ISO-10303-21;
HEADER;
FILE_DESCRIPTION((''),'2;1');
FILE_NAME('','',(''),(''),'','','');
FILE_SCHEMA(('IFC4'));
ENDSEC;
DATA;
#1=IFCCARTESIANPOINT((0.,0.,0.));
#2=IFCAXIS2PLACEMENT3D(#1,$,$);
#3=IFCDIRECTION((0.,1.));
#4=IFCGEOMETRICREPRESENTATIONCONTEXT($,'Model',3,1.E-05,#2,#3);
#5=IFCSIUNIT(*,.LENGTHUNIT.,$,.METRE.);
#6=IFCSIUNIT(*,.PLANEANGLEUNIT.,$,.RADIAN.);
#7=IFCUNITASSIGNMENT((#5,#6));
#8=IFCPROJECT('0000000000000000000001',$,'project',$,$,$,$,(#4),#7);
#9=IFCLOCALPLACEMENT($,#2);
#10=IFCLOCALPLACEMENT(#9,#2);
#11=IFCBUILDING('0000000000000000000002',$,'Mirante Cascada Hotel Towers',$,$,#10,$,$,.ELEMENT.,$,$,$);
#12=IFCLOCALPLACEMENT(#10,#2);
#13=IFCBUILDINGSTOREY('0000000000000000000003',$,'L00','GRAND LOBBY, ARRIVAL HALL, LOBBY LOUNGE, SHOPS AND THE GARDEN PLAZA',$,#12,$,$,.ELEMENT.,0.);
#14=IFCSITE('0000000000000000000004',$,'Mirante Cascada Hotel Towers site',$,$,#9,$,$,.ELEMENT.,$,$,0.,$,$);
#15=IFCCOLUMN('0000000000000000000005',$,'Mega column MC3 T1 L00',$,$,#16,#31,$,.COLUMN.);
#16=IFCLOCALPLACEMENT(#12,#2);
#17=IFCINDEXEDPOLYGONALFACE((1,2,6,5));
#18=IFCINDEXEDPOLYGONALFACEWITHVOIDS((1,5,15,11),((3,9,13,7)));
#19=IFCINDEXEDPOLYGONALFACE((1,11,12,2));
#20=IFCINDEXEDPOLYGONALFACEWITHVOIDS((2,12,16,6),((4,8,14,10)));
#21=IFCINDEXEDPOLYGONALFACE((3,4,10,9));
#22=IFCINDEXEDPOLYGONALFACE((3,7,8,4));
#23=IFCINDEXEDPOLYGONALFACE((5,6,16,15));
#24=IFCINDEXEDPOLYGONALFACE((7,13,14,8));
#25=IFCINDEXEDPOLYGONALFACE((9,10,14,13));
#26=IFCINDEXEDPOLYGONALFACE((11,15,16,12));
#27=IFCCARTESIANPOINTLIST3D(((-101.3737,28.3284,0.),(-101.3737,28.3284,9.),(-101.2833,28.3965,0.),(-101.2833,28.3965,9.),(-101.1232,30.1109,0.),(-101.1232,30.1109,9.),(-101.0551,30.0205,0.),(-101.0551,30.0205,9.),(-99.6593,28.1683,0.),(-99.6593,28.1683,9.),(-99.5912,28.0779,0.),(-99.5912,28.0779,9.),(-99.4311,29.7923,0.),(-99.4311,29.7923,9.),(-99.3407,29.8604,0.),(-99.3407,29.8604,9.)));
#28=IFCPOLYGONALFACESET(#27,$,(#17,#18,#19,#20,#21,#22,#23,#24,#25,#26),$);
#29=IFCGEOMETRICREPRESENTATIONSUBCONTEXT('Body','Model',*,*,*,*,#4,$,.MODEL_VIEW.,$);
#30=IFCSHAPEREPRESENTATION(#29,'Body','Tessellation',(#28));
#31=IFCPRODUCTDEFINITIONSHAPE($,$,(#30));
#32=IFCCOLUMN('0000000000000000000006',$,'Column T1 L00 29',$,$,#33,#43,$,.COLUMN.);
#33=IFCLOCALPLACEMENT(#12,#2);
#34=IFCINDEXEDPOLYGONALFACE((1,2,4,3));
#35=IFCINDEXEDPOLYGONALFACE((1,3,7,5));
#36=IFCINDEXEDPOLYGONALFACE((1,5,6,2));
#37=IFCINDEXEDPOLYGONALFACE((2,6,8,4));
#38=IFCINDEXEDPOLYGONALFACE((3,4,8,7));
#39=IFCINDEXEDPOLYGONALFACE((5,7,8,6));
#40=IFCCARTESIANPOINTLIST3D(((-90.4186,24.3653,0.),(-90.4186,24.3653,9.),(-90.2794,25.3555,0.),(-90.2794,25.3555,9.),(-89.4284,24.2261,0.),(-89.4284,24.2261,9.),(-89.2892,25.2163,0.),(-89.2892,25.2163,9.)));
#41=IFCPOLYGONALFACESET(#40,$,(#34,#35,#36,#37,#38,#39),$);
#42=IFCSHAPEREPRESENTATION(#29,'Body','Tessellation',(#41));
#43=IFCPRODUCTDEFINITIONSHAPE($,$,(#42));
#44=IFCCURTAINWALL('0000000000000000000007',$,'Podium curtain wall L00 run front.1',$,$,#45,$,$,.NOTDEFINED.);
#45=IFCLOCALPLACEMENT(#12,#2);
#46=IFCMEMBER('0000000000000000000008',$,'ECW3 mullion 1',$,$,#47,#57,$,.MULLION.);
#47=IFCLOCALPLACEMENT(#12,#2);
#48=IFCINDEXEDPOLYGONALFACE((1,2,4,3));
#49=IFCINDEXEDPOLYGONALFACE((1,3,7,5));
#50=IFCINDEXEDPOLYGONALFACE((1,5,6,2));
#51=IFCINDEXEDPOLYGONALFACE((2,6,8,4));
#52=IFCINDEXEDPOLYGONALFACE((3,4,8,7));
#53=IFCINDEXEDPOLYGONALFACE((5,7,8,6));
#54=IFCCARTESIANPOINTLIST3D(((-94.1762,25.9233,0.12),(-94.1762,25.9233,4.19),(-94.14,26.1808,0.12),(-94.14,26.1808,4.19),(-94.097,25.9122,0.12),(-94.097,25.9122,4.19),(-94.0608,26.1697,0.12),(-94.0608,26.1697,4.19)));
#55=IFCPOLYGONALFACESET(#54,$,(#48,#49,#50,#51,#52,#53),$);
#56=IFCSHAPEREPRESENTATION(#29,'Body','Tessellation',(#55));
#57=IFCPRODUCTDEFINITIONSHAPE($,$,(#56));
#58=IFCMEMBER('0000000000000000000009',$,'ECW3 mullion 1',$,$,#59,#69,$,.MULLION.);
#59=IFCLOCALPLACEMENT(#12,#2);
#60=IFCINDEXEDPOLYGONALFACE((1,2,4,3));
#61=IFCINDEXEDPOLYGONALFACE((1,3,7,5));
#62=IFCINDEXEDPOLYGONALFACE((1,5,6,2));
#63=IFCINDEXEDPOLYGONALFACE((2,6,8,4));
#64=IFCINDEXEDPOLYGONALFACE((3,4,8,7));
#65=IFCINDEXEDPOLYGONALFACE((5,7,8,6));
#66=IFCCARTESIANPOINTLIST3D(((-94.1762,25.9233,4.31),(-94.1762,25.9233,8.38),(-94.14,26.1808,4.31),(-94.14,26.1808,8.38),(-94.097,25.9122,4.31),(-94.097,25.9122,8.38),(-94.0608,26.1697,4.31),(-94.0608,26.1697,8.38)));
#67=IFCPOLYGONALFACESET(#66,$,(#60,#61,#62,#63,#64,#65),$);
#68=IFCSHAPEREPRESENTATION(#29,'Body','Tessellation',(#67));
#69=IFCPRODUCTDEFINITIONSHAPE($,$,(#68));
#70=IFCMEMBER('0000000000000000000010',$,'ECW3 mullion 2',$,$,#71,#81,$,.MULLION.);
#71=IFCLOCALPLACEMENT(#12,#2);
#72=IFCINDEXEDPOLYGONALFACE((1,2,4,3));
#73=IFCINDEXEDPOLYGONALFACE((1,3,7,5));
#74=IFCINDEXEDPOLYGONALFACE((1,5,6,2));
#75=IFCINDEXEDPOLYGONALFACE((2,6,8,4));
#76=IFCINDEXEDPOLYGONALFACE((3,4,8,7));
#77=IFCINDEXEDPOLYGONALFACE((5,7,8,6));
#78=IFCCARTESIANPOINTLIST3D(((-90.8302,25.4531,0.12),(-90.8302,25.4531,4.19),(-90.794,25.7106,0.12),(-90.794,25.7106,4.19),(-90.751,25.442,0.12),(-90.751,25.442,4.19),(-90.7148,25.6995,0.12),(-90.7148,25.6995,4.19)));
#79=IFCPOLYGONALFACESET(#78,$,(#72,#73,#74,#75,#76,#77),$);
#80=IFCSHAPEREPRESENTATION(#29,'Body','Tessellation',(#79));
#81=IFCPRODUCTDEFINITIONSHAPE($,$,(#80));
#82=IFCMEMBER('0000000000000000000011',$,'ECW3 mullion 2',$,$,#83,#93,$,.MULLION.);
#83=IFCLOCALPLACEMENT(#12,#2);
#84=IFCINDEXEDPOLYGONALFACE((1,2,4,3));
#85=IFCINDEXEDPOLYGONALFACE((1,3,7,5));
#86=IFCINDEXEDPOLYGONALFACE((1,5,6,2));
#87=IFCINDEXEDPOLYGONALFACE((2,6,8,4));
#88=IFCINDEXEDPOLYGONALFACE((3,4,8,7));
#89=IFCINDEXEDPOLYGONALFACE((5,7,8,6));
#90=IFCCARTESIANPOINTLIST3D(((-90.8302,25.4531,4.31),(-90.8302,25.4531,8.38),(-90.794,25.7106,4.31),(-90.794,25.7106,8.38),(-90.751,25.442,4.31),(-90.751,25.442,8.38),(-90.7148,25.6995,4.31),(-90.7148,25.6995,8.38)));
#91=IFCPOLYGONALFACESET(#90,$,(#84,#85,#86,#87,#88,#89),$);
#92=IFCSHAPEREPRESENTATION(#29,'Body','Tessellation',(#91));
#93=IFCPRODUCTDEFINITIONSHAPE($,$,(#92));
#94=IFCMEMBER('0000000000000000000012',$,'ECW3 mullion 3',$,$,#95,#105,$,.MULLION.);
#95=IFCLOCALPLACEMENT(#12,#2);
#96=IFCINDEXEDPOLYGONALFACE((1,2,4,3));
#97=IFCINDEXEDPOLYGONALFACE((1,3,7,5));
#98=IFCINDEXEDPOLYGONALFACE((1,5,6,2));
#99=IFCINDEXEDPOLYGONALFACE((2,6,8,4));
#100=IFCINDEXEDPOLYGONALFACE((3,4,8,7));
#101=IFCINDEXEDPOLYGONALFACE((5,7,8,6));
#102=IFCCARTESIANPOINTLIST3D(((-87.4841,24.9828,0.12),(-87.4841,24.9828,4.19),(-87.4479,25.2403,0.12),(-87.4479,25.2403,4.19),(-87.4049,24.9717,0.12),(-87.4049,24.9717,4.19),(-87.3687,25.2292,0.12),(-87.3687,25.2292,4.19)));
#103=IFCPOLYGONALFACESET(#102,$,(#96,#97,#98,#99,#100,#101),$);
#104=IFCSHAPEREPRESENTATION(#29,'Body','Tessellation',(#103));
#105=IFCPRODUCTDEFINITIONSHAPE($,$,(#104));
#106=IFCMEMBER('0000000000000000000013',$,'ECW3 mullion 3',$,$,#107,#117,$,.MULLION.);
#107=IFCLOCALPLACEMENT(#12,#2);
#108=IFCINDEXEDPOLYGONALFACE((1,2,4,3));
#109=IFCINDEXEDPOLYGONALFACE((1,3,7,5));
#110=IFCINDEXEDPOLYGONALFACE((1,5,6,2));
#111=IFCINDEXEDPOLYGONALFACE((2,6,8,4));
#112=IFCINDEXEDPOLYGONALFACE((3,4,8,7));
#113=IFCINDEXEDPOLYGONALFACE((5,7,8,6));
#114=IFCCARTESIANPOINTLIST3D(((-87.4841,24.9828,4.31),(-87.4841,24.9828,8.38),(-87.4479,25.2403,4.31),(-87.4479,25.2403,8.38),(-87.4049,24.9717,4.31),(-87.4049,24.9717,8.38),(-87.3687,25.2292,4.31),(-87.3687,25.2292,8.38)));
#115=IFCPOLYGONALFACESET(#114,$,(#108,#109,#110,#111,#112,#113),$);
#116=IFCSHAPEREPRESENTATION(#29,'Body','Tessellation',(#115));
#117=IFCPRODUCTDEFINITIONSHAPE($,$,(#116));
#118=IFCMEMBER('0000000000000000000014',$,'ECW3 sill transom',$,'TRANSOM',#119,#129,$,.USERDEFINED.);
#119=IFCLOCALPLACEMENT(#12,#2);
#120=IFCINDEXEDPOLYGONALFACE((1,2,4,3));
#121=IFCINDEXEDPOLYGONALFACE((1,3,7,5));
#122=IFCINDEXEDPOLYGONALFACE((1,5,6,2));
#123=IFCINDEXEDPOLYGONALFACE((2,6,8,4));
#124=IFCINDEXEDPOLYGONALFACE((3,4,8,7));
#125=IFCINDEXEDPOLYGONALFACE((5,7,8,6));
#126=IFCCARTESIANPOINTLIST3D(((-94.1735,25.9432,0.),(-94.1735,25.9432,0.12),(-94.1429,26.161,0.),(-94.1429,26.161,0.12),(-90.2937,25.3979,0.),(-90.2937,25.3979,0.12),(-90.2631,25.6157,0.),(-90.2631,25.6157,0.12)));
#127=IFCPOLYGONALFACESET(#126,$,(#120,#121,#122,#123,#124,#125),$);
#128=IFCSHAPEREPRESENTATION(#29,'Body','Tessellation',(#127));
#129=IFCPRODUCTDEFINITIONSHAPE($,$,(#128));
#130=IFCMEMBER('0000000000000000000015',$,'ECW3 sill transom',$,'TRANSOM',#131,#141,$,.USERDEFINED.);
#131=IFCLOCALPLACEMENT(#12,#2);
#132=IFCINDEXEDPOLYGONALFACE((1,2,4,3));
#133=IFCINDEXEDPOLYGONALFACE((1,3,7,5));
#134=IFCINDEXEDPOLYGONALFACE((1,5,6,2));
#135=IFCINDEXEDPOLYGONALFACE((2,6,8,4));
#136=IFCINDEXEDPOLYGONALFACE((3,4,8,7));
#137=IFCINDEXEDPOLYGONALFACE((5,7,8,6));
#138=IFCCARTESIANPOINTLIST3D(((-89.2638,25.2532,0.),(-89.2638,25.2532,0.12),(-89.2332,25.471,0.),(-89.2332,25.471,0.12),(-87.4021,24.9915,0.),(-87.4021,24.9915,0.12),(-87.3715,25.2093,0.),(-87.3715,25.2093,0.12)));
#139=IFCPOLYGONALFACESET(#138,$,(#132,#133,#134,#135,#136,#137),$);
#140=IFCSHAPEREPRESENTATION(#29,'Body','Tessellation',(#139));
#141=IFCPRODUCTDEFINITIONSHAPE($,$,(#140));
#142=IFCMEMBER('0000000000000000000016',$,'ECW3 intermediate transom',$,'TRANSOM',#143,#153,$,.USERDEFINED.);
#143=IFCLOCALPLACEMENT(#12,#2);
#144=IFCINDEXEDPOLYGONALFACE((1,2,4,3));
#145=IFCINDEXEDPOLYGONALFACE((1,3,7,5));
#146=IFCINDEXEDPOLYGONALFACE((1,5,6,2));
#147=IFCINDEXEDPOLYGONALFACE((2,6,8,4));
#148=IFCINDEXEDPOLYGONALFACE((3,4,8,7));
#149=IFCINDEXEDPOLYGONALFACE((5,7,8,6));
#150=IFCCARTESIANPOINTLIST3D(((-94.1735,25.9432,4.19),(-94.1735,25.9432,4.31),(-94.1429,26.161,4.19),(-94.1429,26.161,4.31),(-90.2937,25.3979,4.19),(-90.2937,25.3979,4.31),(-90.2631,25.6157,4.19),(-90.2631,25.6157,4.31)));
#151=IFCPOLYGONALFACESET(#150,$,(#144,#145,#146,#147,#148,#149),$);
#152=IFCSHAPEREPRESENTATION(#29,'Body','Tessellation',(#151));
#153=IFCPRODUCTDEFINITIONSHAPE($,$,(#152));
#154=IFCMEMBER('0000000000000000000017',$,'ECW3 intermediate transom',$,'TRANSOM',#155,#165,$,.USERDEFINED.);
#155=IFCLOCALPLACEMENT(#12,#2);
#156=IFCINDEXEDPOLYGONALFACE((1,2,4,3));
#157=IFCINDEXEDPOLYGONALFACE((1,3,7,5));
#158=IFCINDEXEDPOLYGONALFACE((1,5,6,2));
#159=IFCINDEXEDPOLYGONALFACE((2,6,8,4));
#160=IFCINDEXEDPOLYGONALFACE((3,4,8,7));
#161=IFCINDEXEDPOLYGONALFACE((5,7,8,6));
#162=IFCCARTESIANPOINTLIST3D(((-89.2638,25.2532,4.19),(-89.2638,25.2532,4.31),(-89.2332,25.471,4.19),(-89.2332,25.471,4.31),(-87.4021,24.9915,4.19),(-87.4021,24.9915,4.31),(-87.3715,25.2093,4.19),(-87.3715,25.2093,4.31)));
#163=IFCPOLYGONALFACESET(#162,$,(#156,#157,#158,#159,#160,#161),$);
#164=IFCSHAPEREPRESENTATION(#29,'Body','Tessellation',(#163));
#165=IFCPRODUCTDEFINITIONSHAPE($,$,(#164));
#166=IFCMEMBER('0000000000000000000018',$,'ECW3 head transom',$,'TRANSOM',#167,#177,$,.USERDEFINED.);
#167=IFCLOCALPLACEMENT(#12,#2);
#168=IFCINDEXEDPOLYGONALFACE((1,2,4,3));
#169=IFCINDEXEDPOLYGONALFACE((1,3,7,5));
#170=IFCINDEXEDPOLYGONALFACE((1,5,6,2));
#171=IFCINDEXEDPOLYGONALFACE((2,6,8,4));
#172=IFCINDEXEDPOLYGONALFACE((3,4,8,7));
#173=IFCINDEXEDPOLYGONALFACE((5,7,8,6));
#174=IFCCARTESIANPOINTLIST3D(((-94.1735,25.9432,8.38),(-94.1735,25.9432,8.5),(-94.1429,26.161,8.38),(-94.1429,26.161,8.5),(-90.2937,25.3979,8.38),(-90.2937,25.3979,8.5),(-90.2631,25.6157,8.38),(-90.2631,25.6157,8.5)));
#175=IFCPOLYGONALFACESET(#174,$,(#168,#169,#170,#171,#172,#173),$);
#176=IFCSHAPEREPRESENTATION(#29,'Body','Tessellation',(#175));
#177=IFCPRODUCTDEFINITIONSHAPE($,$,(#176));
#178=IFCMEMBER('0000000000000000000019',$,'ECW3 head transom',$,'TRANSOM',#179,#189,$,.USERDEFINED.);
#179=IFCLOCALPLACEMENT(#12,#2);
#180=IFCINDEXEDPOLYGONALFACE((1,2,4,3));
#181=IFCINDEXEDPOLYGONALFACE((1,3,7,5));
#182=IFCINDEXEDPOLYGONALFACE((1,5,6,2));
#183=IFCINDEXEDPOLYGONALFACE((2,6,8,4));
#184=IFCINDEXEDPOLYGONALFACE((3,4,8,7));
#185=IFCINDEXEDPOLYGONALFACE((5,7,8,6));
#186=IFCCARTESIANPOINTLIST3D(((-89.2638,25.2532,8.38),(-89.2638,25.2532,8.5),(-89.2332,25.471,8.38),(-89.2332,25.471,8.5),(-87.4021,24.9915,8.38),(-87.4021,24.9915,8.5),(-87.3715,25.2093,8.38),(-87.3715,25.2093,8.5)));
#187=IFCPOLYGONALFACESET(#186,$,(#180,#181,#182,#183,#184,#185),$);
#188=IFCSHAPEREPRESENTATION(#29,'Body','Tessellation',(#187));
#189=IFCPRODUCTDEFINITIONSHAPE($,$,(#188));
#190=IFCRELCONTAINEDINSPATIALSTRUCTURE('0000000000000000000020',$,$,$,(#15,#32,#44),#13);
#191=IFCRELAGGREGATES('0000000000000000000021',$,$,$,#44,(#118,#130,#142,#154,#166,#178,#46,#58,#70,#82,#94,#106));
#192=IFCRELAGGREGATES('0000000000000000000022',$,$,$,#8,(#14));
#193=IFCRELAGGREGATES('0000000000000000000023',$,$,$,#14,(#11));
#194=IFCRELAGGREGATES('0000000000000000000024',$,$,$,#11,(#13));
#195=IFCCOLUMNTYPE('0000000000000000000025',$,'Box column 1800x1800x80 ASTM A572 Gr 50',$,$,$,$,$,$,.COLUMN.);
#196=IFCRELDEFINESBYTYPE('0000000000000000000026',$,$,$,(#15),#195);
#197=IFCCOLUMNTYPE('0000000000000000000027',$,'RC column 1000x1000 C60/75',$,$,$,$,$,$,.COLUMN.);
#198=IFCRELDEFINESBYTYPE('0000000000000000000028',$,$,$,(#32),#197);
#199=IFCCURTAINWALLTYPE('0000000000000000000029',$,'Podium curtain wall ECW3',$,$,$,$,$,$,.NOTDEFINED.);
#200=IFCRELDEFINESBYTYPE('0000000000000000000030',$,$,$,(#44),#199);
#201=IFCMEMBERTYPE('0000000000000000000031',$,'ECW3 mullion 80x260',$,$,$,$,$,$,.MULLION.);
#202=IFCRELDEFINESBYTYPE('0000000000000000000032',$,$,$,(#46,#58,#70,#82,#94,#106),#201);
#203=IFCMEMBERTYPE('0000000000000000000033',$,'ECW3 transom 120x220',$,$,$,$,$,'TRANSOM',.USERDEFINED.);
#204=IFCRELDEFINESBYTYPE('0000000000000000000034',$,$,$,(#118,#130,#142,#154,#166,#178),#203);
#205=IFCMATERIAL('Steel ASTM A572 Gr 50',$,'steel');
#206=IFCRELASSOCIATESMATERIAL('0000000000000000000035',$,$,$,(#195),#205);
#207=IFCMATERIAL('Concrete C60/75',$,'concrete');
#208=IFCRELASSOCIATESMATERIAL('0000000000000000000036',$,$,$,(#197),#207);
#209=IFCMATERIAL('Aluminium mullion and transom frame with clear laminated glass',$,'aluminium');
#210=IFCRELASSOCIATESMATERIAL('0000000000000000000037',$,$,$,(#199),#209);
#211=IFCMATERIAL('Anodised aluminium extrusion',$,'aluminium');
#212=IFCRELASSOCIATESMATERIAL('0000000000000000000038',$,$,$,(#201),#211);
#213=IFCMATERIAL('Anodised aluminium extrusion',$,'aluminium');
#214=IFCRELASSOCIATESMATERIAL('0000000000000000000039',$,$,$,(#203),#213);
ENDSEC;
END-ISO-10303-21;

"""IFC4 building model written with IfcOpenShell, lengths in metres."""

from ifc_helpers import new_model, si_unit, direction, frame, origin, origin_2d, place, context, subcontext, project, spatial, rectangle, hollow_rectangle, extrude, material, material_profile, profile_set, type_object, element, aggregate, save


model = new_model("IFC4")

# Units and contexts
model_context = context("Model", 3, precision=1e-05, world=origin(), true_north=direction((0.0, 1.0)))
body_context = subcontext(model_context, "Body", "Model", "MODEL_VIEW")
ifc_project = project(units=[si_unit("LENGTHUNIT", "METRE"), si_unit("PLANEANGLEUNIT", "RADIAN")], contexts=[model_context])

# Site, building, storey
site_placement = place(None, origin())
site = spatial("IfcSite", under=ifc_project, at=site_placement, Name="Mirante Cascada Hotel Towers site", CompositionType="ELEMENT", RefElevation=0.0)
building_placement = place(site_placement, origin())
building = spatial("IfcBuilding", under=site, at=building_placement, Name="Mirante Cascada Hotel Towers", CompositionType="ELEMENT")
storey_placement = place(building_placement, origin())
storey = spatial("IfcBuildingStorey", under=building, at=storey_placement, Name="L00", Description="GRAND LOBBY, ARRIVAL HALL, LOBBY LOUNGE, SHOPS AND THE GARDEN PLAZA", CompositionType="ELEMENT", Elevation=0.0)

# Columns
ifc_material_1 = material(Name="Steel ASTM A572 Gr 50", Category="steel")
ifc_material_profile_1 = material_profile(ifc_material_1, hollow_rectangle(XDim=1.8, YDim=1.8, WallThickness=0.08, at=origin_2d()), Name="Box column 1800x1800x80 ASTM A572 Gr 50")
ifc_profile_set_1 = profile_set([ifc_material_profile_1], Name="Steel ASTM A572 Gr 50")
column_type_1 = type_object("IfcColumnType", Name="Box column 1800x1800x80 ASTM A572 Gr 50", PredefinedType="COLUMN", material=ifc_profile_set_1)
column_1_placement = place(storey_placement, frame((-100.3572, 29.0944, 0.0), z_axis=(0.0, 0.0, 1.0), x_axis=(-0.990268, 0.139173, 0.0)))
element("IfcColumn", 1, at=column_1_placement, inside=storey, type_object=column_type_1, Name="Mega column MC3 T1 L00", PredefinedType="COLUMN", context=body_context, shape_type="SweptSolid", body=[
    extrude(hollow_rectangle(XDim=1.8, YDim=1.8, WallThickness=0.08, at=origin_2d()), origin(), (0.0, 0.0, 1.0), 9.0),
])
ifc_material_2 = material(Name="Concrete C60/75", Category="concrete")
ifc_material_profile_2 = material_profile(ifc_material_2, rectangle(XDim=1.0, YDim=1.0, at=origin_2d()), Name="RC column 1000x1000 C60/75")
ifc_profile_set_2 = profile_set([ifc_material_profile_2], Name="Concrete C60/75")
column_type_2 = type_object("IfcColumnType", Name="RC column 1000x1000 C60/75", PredefinedType="COLUMN", material=ifc_profile_set_2)
column_2_placement = place(storey_placement, frame((-89.8539, 24.7908, 0.0), z_axis=(0.0, 0.0, 1.0), x_axis=(-0.990268, 0.139173, 0.0)))
element("IfcColumn", 2, at=column_2_placement, inside=storey, type_object=column_type_2, Name="Column T1 L00 29", PredefinedType="COLUMN", context=body_context, shape_type="SweptSolid", body=[
    extrude(rectangle(XDim=1.0, YDim=1.0, at=origin_2d()), origin(), (0.0, 0.0, 1.0), 9.0),
])

# Curtain wall, members
ifc_material_3 = material(Name="Aluminium mullion and transom frame with clear laminated glass", Category="aluminium")
curtain_wall_type = type_object("IfcCurtainWallType", Name="Podium curtain wall ECW3", PredefinedType="NOTDEFINED", material=ifc_material_3)
curtain_wall_1_placement = place(storey_placement, origin())
curtain_wall_1 = element("IfcCurtainWall", 3, at=curtain_wall_1_placement, inside=storey, type_object=curtain_wall_type, Name="Podium curtain wall L00 run front.1", PredefinedType="NOTDEFINED")
ifc_material_4 = material(Name="Anodised aluminium extrusion", Category="aluminium")
ifc_material_profile_3 = material_profile(ifc_material_4, rectangle(XDim=0.26, YDim=0.08, at=origin_2d()), Name="ECW3 MULLION 80x260")
ifc_profile_set_3 = profile_set([ifc_material_profile_3], Name="Anodised aluminium extrusion")
member_type_1 = type_object("IfcMemberType", Name="ECW3 mullion 80x260", PredefinedType="MULLION", material=ifc_profile_set_3)
member_1_placement = place(storey_placement, frame((-94.1185, 26.0465, 0.12), z_axis=(0.0, 0.0, 1.0), x_axis=(0.139173, 0.990268, 0.0)))
member_1 = element("IfcMember", 4, at=member_1_placement, type_object=member_type_1, Name="ECW3 mullion 1", PredefinedType="MULLION", context=body_context, shape_type="SweptSolid", body=[
    extrude(rectangle(XDim=0.26, YDim=0.08, at=origin_2d()), origin(), (0.0, 0.0, 1.0), 4.07),
])
member_2_placement = place(storey_placement, frame((-94.1185, 26.0465, 4.31), z_axis=(0.0, 0.0, 1.0), x_axis=(0.139173, 0.990268, 0.0)))
member_2 = element("IfcMember", 5, at=member_2_placement, type_object=member_type_1, Name="ECW3 mullion 1", PredefinedType="MULLION", context=body_context, shape_type="SweptSolid", body=[
    extrude(rectangle(XDim=0.26, YDim=0.08, at=origin_2d()), origin(), (0.0, 0.0, 1.0), 4.07),
])
member_3_placement = place(storey_placement, frame((-90.7725, 25.5763, 0.12), z_axis=(0.0, 0.0, 1.0), x_axis=(0.139173, 0.990268, 0.0)))
member_3 = element("IfcMember", 6, at=member_3_placement, type_object=member_type_1, Name="ECW3 mullion 2", PredefinedType="MULLION", context=body_context, shape_type="SweptSolid", body=[
    extrude(rectangle(XDim=0.26, YDim=0.08, at=origin_2d()), origin(), (0.0, 0.0, 1.0), 4.07),
])
member_4_placement = place(storey_placement, frame((-90.7725, 25.5763, 4.31), z_axis=(0.0, 0.0, 1.0), x_axis=(0.139173, 0.990268, 0.0)))
member_4 = element("IfcMember", 7, at=member_4_placement, type_object=member_type_1, Name="ECW3 mullion 2", PredefinedType="MULLION", context=body_context, shape_type="SweptSolid", body=[
    extrude(rectangle(XDim=0.26, YDim=0.08, at=origin_2d()), origin(), (0.0, 0.0, 1.0), 4.07),
])
member_5_placement = place(storey_placement, frame((-87.4264, 25.106, 0.12), z_axis=(0.0, 0.0, 1.0), x_axis=(0.139173, 0.990268, 0.0)))
member_5 = element("IfcMember", 8, at=member_5_placement, type_object=member_type_1, Name="ECW3 mullion 3", PredefinedType="MULLION", context=body_context, shape_type="SweptSolid", body=[
    extrude(rectangle(XDim=0.26, YDim=0.08, at=origin_2d()), origin(), (0.0, 0.0, 1.0), 4.07),
])
member_6_placement = place(storey_placement, frame((-87.4264, 25.106, 4.31), z_axis=(0.0, 0.0, 1.0), x_axis=(0.139173, 0.990268, 0.0)))
member_6 = element("IfcMember", 9, at=member_6_placement, type_object=member_type_1, Name="ECW3 mullion 3", PredefinedType="MULLION", context=body_context, shape_type="SweptSolid", body=[
    extrude(rectangle(XDim=0.26, YDim=0.08, at=origin_2d()), origin(), (0.0, 0.0, 1.0), 4.07),
])
ifc_material_5 = material(Name="Anodised aluminium extrusion", Category="aluminium")
ifc_material_profile_4 = material_profile(ifc_material_5, rectangle(XDim=0.22, YDim=0.12, at=origin_2d()), Name="ECW3 TRANSOM 120x220")
ifc_profile_set_4 = profile_set([ifc_material_profile_4], Name="Anodised aluminium extrusion")
member_type_2 = type_object("IfcMemberType", Name="ECW3 transom 120x220", ElementType="TRANSOM", PredefinedType="USERDEFINED", material=ifc_profile_set_4)
member_7_placement = place(storey_placement, frame((-94.1582, 26.0521, 0.06), z_axis=(0.990267, -0.139181, 0.0), x_axis=(0.139181, 0.990267, 0.0)))
member_7 = element("IfcMember", 10, at=member_7_placement, type_object=member_type_2, Name="ECW3 sill transom", ObjectType="TRANSOM", PredefinedType="USERDEFINED", context=body_context, shape_type="SweptSolid", body=[
    extrude(rectangle(XDim=0.22, YDim=0.12, at=origin_2d()), origin(), (0.0, 0.0, 1.0), 3.9179),
])
member_8_placement = place(storey_placement, frame((-89.2485, 25.3621, 0.06), z_axis=(0.990264, -0.139202, 0.0), x_axis=(0.139202, 0.990264, 0.0)))
member_8 = element("IfcMember", 11, at=member_8_placement, type_object=member_type_2, Name="ECW3 sill transom", ObjectType="TRANSOM", PredefinedType="USERDEFINED", context=body_context, shape_type="SweptSolid", body=[
    extrude(rectangle(XDim=0.22, YDim=0.12, at=origin_2d()), origin(), (0.0, 0.0, 1.0), 1.88),
])
member_9_placement = place(storey_placement, frame((-94.1582, 26.0521, 4.25), z_axis=(0.990267, -0.139181, 0.0), x_axis=(0.139181, 0.990267, 0.0)))
member_9 = element("IfcMember", 12, at=member_9_placement, type_object=member_type_2, Name="ECW3 intermediate transom", ObjectType="TRANSOM", PredefinedType="USERDEFINED", context=body_context, shape_type="SweptSolid", body=[
    extrude(rectangle(XDim=0.22, YDim=0.12, at=origin_2d()), origin(), (0.0, 0.0, 1.0), 3.9179),
])
member_10_placement = place(storey_placement, frame((-89.2485, 25.3621, 4.25), z_axis=(0.990264, -0.139202, 0.0), x_axis=(0.139202, 0.990264, 0.0)))
member_10 = element("IfcMember", 13, at=member_10_placement, type_object=member_type_2, Name="ECW3 intermediate transom", ObjectType="TRANSOM", PredefinedType="USERDEFINED", context=body_context, shape_type="SweptSolid", body=[
    extrude(rectangle(XDim=0.22, YDim=0.12, at=origin_2d()), origin(), (0.0, 0.0, 1.0), 1.88),
])
member_11_placement = place(storey_placement, frame((-94.1582, 26.0521, 8.44), z_axis=(0.990267, -0.139181, 0.0), x_axis=(0.139181, 0.990267, 0.0)))
member_11 = element("IfcMember", 14, at=member_11_placement, type_object=member_type_2, Name="ECW3 head transom", ObjectType="TRANSOM", PredefinedType="USERDEFINED", context=body_context, shape_type="SweptSolid", body=[
    extrude(rectangle(XDim=0.22, YDim=0.12, at=origin_2d()), origin(), (0.0, 0.0, 1.0), 3.9179),
])
member_12_placement = place(storey_placement, frame((-89.2485, 25.3621, 8.44), z_axis=(0.990264, -0.139202, 0.0), x_axis=(0.139202, 0.990264, 0.0)))
member_12 = element("IfcMember", 15, at=member_12_placement, type_object=member_type_2, Name="ECW3 head transom", ObjectType="TRANSOM", PredefinedType="USERDEFINED", context=body_context, shape_type="SweptSolid", body=[
    extrude(rectangle(XDim=0.22, YDim=0.12, at=origin_2d()), origin(), (0.0, 0.0, 1.0), 1.88),
])

aggregate(curtain_wall_1, [member_7, member_8, member_9, member_10, member_11, member_12, member_1, member_2, member_3, member_4, member_5, member_6])

save(model, "model.ifc")
